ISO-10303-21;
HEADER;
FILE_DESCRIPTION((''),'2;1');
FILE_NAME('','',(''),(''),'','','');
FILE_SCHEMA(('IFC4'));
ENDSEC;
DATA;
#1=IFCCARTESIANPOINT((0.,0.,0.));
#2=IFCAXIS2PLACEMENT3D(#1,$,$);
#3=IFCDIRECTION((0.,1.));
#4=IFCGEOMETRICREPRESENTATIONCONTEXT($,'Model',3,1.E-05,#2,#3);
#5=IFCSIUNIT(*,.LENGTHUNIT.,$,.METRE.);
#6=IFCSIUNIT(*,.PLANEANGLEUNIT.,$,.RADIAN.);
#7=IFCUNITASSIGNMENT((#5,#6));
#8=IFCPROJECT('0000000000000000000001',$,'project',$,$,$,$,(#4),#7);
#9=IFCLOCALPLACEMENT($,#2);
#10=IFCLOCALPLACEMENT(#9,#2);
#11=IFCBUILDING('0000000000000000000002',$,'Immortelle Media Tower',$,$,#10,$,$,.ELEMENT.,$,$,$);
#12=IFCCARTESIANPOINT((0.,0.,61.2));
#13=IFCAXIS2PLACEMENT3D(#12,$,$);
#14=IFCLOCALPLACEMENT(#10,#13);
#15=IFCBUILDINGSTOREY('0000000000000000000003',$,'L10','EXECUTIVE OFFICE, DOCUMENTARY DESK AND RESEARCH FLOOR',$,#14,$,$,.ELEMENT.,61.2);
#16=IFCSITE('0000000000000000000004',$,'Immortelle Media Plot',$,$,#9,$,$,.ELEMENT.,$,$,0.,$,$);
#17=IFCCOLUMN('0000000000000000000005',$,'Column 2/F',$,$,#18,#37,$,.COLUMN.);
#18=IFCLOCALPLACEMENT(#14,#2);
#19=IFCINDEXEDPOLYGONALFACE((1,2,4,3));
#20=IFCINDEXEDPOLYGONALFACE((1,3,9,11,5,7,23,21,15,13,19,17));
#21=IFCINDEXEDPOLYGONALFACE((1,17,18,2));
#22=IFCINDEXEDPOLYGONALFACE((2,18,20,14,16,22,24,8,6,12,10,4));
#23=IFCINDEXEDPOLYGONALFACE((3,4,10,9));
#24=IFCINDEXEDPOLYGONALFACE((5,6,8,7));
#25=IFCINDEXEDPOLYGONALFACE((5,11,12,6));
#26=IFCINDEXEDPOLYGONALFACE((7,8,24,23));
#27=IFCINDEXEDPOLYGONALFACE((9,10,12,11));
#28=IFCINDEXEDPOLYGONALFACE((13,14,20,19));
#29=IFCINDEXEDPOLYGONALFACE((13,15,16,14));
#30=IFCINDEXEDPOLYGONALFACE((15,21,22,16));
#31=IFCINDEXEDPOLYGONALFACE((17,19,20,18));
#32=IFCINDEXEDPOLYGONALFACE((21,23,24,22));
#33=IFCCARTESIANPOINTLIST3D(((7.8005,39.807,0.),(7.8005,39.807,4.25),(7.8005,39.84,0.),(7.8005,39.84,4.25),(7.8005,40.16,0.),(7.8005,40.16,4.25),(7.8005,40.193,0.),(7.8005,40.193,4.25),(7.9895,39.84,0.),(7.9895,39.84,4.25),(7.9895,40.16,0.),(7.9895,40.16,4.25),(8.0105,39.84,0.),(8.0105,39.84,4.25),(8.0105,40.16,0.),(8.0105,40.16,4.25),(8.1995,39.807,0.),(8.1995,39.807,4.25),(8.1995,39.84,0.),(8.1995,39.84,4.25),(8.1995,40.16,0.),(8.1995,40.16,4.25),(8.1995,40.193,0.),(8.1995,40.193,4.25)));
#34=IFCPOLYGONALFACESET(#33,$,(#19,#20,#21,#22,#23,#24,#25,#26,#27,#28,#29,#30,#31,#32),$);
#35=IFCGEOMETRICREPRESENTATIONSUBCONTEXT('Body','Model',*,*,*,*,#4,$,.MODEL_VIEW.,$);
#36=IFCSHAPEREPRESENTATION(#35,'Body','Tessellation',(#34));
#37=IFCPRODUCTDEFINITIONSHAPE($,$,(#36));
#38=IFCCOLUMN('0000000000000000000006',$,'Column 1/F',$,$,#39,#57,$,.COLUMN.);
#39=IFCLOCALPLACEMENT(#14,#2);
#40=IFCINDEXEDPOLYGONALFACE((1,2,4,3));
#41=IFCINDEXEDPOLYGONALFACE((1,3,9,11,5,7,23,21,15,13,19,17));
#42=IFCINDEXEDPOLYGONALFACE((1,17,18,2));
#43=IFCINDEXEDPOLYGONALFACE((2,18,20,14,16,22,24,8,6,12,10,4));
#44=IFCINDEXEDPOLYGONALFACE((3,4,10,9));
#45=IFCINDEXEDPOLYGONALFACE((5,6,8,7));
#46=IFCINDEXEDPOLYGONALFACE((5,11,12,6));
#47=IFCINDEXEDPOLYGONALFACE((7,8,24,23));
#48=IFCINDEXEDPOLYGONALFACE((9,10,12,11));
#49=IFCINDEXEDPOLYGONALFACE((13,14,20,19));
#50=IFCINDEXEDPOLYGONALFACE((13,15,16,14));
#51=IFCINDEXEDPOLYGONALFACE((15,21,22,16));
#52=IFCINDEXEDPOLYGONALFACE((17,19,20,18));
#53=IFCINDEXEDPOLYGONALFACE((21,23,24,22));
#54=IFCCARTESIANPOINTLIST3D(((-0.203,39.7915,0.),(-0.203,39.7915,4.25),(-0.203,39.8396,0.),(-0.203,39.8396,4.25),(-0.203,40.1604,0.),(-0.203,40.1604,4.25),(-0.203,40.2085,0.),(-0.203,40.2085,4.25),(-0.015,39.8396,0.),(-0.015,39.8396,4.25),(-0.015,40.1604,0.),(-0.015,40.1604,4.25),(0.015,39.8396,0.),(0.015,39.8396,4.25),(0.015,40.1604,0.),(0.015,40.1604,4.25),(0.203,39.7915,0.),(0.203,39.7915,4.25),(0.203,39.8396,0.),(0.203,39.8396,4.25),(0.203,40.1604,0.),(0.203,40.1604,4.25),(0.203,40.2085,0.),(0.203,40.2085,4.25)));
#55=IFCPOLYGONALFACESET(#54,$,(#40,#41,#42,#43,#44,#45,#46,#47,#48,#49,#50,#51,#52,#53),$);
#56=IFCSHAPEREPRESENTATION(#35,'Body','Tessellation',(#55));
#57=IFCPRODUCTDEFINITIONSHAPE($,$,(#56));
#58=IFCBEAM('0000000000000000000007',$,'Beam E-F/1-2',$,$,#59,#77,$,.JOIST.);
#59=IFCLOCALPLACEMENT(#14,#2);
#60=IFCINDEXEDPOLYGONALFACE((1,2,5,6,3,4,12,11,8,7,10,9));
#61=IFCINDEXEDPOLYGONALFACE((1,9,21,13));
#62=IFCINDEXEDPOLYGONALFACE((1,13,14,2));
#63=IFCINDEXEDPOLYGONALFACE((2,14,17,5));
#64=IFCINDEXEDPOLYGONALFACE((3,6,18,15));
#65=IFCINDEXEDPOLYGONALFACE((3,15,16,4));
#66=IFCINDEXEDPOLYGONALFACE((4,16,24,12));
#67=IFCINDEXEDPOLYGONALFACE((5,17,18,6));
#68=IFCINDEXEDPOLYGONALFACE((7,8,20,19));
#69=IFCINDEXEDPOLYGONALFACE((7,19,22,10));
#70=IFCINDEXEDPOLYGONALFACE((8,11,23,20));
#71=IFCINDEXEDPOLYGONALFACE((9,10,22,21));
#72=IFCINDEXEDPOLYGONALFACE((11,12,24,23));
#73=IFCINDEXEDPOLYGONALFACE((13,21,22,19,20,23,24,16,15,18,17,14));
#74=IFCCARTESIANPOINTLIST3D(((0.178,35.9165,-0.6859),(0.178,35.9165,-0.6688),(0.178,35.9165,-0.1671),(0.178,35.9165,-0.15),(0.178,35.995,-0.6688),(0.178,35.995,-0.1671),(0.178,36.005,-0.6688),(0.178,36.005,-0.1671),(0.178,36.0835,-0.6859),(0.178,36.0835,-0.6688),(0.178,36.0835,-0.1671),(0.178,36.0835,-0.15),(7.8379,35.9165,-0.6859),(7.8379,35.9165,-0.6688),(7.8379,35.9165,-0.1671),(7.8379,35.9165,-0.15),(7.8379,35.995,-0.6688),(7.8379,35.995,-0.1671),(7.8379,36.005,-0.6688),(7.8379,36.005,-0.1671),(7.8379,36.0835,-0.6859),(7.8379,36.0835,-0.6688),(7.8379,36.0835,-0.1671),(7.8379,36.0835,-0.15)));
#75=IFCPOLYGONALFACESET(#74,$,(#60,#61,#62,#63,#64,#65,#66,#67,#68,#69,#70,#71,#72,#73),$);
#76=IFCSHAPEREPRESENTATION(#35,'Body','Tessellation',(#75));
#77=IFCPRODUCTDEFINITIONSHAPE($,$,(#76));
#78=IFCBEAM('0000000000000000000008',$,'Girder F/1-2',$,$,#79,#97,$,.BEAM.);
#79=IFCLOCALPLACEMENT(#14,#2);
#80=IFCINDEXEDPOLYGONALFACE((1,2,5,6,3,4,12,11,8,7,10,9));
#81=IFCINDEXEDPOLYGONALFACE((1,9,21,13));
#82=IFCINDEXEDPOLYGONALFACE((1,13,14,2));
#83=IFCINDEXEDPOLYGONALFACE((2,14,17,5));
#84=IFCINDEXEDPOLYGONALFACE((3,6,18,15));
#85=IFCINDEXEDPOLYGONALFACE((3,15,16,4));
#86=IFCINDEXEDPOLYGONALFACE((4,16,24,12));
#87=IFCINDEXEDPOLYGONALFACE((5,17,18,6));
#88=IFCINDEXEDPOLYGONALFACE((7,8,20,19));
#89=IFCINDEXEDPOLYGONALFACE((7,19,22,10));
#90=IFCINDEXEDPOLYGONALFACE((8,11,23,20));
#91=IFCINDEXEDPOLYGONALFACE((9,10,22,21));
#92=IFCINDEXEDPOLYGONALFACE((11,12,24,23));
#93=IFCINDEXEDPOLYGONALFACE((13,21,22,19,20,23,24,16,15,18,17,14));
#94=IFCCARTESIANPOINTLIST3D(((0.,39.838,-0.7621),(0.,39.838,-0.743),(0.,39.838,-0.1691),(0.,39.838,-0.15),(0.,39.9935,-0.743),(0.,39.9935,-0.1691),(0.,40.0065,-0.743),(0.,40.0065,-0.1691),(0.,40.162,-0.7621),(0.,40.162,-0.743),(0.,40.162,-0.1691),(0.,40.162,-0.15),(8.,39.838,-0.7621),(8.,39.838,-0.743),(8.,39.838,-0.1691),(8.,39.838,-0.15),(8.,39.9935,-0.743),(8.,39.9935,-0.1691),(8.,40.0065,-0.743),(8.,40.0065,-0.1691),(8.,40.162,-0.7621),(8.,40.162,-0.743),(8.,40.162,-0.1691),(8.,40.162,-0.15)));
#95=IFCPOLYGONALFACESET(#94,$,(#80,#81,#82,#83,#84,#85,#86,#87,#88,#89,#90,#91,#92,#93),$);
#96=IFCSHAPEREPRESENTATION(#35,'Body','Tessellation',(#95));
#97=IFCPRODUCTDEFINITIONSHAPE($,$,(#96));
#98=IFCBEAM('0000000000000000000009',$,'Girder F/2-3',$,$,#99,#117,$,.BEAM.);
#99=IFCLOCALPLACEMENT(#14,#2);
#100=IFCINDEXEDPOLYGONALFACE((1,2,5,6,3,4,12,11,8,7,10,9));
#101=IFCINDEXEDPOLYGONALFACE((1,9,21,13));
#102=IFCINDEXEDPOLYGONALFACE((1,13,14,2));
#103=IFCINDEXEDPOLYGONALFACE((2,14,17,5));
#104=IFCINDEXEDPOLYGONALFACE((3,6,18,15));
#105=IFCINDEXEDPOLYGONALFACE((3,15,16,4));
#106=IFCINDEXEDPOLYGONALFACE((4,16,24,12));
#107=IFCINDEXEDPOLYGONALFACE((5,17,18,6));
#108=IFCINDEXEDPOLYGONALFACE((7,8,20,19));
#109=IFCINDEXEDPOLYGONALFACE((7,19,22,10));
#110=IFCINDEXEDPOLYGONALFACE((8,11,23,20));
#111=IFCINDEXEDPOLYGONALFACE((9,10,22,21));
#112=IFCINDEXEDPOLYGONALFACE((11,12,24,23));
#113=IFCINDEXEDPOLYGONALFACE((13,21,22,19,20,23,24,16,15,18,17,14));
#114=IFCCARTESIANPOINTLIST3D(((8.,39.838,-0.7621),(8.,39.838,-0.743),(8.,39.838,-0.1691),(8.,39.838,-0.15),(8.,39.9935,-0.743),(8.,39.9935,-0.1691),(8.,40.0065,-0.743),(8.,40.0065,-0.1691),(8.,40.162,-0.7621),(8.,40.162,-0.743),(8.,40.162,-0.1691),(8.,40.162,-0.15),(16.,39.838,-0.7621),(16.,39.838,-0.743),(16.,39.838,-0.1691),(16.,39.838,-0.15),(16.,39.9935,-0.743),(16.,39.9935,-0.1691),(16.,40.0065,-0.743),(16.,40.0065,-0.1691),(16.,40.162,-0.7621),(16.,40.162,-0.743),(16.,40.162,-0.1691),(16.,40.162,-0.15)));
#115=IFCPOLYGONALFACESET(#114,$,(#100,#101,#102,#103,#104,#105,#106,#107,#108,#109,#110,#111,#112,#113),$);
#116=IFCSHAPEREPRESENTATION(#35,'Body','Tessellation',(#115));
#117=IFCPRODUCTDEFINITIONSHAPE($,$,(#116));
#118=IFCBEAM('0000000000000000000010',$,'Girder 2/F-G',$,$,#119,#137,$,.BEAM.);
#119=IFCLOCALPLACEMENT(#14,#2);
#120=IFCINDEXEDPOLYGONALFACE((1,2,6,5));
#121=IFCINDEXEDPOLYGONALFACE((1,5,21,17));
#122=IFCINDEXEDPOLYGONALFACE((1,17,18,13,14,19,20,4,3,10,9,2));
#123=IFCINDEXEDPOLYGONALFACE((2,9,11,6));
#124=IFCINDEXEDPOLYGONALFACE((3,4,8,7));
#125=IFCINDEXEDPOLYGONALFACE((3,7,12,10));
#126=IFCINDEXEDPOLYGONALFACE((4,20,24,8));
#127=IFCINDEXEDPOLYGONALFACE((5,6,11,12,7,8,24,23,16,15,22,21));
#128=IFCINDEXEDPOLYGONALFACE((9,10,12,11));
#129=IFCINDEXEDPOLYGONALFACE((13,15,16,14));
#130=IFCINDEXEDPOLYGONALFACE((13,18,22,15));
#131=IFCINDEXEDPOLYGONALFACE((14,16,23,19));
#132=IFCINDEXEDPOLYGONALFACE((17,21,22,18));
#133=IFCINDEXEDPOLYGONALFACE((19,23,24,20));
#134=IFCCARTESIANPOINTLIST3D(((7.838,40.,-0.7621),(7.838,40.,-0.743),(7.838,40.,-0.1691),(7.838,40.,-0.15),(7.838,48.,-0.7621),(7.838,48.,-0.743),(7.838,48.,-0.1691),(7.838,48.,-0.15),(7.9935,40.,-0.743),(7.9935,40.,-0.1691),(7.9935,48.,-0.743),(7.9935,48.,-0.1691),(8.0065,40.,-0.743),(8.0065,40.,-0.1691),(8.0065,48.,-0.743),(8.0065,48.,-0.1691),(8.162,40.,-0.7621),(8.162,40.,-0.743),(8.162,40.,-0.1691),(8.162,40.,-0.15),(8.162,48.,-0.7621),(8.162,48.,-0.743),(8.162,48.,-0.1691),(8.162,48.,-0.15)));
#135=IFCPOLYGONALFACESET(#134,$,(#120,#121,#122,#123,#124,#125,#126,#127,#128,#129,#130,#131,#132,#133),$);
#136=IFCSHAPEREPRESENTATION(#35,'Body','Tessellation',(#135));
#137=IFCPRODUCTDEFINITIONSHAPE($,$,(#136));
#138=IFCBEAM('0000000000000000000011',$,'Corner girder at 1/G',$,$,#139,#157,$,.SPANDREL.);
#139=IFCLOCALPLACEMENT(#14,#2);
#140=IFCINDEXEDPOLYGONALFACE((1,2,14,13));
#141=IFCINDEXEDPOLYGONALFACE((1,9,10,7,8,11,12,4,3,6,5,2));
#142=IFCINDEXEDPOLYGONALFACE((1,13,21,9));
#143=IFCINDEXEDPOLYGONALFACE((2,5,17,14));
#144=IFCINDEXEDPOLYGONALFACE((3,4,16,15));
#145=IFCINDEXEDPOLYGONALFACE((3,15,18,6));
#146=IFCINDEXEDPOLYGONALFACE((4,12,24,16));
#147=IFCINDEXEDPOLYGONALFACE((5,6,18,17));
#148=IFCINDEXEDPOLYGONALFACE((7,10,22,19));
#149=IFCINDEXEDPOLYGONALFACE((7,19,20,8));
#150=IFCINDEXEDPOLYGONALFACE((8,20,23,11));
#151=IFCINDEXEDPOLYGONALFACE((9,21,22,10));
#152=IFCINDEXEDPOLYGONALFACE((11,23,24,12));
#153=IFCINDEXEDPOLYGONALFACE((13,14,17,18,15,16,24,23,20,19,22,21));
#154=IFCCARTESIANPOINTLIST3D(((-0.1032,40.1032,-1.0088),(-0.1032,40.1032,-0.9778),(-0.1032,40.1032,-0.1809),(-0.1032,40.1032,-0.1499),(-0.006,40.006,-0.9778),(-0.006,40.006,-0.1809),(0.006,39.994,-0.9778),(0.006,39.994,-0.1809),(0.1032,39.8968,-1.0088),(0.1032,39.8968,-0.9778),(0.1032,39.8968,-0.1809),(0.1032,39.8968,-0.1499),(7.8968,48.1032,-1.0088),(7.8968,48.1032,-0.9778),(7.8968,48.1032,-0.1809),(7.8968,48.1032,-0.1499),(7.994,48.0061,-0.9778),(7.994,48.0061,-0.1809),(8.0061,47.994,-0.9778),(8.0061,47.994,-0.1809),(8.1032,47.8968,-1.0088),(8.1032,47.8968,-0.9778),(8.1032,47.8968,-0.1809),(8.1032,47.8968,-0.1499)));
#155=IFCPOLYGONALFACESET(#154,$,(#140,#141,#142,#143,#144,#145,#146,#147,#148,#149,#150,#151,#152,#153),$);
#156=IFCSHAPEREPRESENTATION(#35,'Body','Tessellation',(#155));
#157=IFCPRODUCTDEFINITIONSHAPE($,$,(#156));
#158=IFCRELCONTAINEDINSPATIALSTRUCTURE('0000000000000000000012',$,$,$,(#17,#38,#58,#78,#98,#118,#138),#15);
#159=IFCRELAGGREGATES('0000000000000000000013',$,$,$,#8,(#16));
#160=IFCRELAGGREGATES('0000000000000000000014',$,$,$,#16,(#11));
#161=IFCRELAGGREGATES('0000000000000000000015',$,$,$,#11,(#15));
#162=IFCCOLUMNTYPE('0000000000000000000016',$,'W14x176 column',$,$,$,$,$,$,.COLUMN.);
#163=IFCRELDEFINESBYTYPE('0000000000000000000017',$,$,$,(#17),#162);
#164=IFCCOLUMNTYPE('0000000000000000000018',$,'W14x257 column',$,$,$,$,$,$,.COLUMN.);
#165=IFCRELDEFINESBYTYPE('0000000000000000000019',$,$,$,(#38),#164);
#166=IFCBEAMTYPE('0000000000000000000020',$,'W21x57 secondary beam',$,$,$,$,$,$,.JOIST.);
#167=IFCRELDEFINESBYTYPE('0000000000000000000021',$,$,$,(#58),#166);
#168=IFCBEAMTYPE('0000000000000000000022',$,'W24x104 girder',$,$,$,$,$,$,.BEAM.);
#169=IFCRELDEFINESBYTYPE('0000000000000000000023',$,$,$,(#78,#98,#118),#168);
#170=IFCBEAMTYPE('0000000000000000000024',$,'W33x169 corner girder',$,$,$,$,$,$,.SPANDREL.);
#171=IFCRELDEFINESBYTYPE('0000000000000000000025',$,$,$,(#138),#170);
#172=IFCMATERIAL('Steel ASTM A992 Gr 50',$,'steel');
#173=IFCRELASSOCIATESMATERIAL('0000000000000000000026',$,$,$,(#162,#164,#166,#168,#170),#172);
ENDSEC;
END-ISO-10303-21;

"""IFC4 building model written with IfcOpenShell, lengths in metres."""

from ifc_helpers import new_model, si_unit, direction, frame, origin, origin_2d, place, context, subcontext, project, spatial, i_section, extrude, material, material_profile, profile_set, type_object, element, save


model = new_model("IFC4")

# Units and contexts
model_context = context("Model", 3, precision=1e-05, world=origin(), true_north=direction((0.0, 1.0)))
body_context = subcontext(model_context, "Body", "Model", "MODEL_VIEW")
ifc_project = project(units=[si_unit("LENGTHUNIT", "METRE"), si_unit("PLANEANGLEUNIT", "RADIAN")], contexts=[model_context])

# Site, building, storey
site_placement = place(None, origin())
site = spatial("IfcSite", under=ifc_project, at=site_placement, Name="Immortelle Media Plot", CompositionType="ELEMENT", RefElevation=0.0)
building_placement = place(site_placement, origin())
building = spatial("IfcBuilding", under=site, at=building_placement, Name="Immortelle Media Tower", CompositionType="ELEMENT")
storey_placement = place(building_placement, frame((0.0, 0.0, 61.2)))
storey = spatial("IfcBuildingStorey", under=building, at=storey_placement, Name="L10", Description="EXECUTIVE OFFICE, DOCUMENTARY DESK AND RESEARCH FLOOR", CompositionType="ELEMENT", Elevation=61.2)

# Columns
ifc_material_1 = material(Name="Steel ASTM A992 Gr 50", Category="steel")
ifc_material_profile_1 = material_profile(ifc_material_1, i_section(OverallWidth=0.3989, OverallDepth=0.386, WebThickness=0.021, FlangeThickness=0.033, at=origin_2d()), Name="W14x176")
ifc_profile_set_1 = profile_set([ifc_material_profile_1], Name="Steel ASTM A992 Gr 50")
column_type_1 = type_object("IfcColumnType", Name="W14x176 column", PredefinedType="COLUMN", material=ifc_profile_set_1)
column_1_placement = place(storey_placement, frame((8.0, 40.0, 0.0), z_axis=(0.0, 0.0, 1.0), x_axis=(1.0, 0.0, 0.0)))
element("IfcColumn", 1, at=column_1_placement, inside=storey, type_object=column_type_1, Name="Column 2/F", PredefinedType="COLUMN", context=body_context, shape_type="SweptSolid", body=[
    extrude(i_section(OverallWidth=0.3989, OverallDepth=0.386, WebThickness=0.021, FlangeThickness=0.033, at=origin_2d()), origin(), (0.0, 0.0, 1.0), 4.25),
])
ifc_material_profile_2 = material_profile(ifc_material_1, i_section(OverallWidth=0.406, OverallDepth=0.417, WebThickness=0.03, FlangeThickness=0.0481, at=origin_2d()), Name="W14x257")
ifc_profile_set_2 = profile_set([ifc_material_profile_2], Name="Steel ASTM A992 Gr 50")
column_type_2 = type_object("IfcColumnType", Name="W14x257 column", PredefinedType="COLUMN", material=ifc_profile_set_2)
column_2_placement = place(storey_placement, frame((0.0, 40.0, 0.0), z_axis=(0.0, 0.0, 1.0), x_axis=(1.0, 0.0, 0.0)))
element("IfcColumn", 2, at=column_2_placement, inside=storey, type_object=column_type_2, Name="Column 1/F", PredefinedType="COLUMN", context=body_context, shape_type="SweptSolid", body=[
    extrude(i_section(OverallWidth=0.406, OverallDepth=0.417, WebThickness=0.03, FlangeThickness=0.0481, at=origin_2d()), origin(), (0.0, 0.0, 1.0), 4.25),
])

# Beams
ifc_material_profile_3 = material_profile(ifc_material_1, i_section(OverallWidth=0.167, OverallDepth=0.5359, WebThickness=0.01, FlangeThickness=0.0171, at=origin_2d()), Name="W21x57")
ifc_profile_set_3 = profile_set([ifc_material_profile_3], Name="Steel ASTM A992 Gr 50")
beam_type_1 = type_object("IfcBeamType", Name="W21x57 secondary beam", PredefinedType="JOIST", material=ifc_profile_set_3)
beam_1_placement = place(storey_placement, frame((0.178, 36.0, -0.418), z_axis=(1.0, 0.0, 0.0), x_axis=(0.0, 1.0, 0.0)))
element("IfcBeam", 3, at=beam_1_placement, inside=storey, type_object=beam_type_1, Name="Beam E-F/1-2", PredefinedType="JOIST", context=body_context, shape_type="SweptSolid", body=[
    extrude(i_section(OverallWidth=0.167, OverallDepth=0.5359, WebThickness=0.01, FlangeThickness=0.0171, at=origin_2d()), origin(), (0.0, 0.0, 1.0), 7.6599),
])
ifc_material_profile_4 = material_profile(ifc_material_1, i_section(OverallWidth=0.324, OverallDepth=0.6121, WebThickness=0.0129, FlangeThickness=0.019, at=origin_2d()), Name="W24x104")
ifc_profile_set_4 = profile_set([ifc_material_profile_4], Name="Steel ASTM A992 Gr 50")
beam_type_2 = type_object("IfcBeamType", Name="W24x104 girder", PredefinedType="BEAM", material=ifc_profile_set_4)
for number, where, z_axis, x_axis, name in (
    (4, (0.0, 40.0, -0.4561), (1.0, 0.0, 0.0), (0.0, 1.0, 0.0), "Girder F/1-2"),
    (5, (8.0, 40.0, -0.4561), (1.0, 0.0, 0.0), (0.0, 1.0, 0.0), "Girder F/2-3"),
    (6, (8.0, 40.0, -0.4561), (0.0, 1.0, 0.0), (-1.0, 0.0, 0.0), "Girder 2/F-G"),
):
    element("IfcBeam", number, at=place(storey_placement, frame(where, z_axis=z_axis, x_axis=x_axis)), inside=storey, type_object=beam_type_2, Name=name, PredefinedType="BEAM", context=body_context, shape_type="SweptSolid", body=[
        extrude(i_section(OverallWidth=0.324, OverallDepth=0.6121, WebThickness=0.0129, FlangeThickness=0.019, at=origin_2d()), origin(), (0.0, 0.0, 1.0), 8.0),
    ])
ifc_material_profile_5 = material_profile(ifc_material_1, i_section(OverallWidth=0.292, OverallDepth=0.8589, WebThickness=0.0171, FlangeThickness=0.031, at=origin_2d()), Name="W33x169")
ifc_profile_set_5 = profile_set([ifc_material_profile_5], Name="Steel ASTM A992 Gr 50")
beam_type_3 = type_object("IfcBeamType", Name="W33x169 corner girder", PredefinedType="SPANDREL", material=ifc_profile_set_5)
beam_2_placement = place(storey_placement, frame((0.0, 40.0, -0.5793), z_axis=(0.707107, 0.707107, 0.0), x_axis=(-0.707107, 0.707107, 0.0)))
element("IfcBeam", 7, at=beam_2_placement, inside=storey, type_object=beam_type_3, Name="Corner girder at 1/G", PredefinedType="SPANDREL", context=body_context, shape_type="SweptSolid", body=[
    extrude(i_section(OverallWidth=0.292, OverallDepth=0.8589, WebThickness=0.0171, FlangeThickness=0.031, at=origin_2d()), origin(), (0.0, 0.0, 1.0), 11.3137),
])

save(model, "model.ifc")
